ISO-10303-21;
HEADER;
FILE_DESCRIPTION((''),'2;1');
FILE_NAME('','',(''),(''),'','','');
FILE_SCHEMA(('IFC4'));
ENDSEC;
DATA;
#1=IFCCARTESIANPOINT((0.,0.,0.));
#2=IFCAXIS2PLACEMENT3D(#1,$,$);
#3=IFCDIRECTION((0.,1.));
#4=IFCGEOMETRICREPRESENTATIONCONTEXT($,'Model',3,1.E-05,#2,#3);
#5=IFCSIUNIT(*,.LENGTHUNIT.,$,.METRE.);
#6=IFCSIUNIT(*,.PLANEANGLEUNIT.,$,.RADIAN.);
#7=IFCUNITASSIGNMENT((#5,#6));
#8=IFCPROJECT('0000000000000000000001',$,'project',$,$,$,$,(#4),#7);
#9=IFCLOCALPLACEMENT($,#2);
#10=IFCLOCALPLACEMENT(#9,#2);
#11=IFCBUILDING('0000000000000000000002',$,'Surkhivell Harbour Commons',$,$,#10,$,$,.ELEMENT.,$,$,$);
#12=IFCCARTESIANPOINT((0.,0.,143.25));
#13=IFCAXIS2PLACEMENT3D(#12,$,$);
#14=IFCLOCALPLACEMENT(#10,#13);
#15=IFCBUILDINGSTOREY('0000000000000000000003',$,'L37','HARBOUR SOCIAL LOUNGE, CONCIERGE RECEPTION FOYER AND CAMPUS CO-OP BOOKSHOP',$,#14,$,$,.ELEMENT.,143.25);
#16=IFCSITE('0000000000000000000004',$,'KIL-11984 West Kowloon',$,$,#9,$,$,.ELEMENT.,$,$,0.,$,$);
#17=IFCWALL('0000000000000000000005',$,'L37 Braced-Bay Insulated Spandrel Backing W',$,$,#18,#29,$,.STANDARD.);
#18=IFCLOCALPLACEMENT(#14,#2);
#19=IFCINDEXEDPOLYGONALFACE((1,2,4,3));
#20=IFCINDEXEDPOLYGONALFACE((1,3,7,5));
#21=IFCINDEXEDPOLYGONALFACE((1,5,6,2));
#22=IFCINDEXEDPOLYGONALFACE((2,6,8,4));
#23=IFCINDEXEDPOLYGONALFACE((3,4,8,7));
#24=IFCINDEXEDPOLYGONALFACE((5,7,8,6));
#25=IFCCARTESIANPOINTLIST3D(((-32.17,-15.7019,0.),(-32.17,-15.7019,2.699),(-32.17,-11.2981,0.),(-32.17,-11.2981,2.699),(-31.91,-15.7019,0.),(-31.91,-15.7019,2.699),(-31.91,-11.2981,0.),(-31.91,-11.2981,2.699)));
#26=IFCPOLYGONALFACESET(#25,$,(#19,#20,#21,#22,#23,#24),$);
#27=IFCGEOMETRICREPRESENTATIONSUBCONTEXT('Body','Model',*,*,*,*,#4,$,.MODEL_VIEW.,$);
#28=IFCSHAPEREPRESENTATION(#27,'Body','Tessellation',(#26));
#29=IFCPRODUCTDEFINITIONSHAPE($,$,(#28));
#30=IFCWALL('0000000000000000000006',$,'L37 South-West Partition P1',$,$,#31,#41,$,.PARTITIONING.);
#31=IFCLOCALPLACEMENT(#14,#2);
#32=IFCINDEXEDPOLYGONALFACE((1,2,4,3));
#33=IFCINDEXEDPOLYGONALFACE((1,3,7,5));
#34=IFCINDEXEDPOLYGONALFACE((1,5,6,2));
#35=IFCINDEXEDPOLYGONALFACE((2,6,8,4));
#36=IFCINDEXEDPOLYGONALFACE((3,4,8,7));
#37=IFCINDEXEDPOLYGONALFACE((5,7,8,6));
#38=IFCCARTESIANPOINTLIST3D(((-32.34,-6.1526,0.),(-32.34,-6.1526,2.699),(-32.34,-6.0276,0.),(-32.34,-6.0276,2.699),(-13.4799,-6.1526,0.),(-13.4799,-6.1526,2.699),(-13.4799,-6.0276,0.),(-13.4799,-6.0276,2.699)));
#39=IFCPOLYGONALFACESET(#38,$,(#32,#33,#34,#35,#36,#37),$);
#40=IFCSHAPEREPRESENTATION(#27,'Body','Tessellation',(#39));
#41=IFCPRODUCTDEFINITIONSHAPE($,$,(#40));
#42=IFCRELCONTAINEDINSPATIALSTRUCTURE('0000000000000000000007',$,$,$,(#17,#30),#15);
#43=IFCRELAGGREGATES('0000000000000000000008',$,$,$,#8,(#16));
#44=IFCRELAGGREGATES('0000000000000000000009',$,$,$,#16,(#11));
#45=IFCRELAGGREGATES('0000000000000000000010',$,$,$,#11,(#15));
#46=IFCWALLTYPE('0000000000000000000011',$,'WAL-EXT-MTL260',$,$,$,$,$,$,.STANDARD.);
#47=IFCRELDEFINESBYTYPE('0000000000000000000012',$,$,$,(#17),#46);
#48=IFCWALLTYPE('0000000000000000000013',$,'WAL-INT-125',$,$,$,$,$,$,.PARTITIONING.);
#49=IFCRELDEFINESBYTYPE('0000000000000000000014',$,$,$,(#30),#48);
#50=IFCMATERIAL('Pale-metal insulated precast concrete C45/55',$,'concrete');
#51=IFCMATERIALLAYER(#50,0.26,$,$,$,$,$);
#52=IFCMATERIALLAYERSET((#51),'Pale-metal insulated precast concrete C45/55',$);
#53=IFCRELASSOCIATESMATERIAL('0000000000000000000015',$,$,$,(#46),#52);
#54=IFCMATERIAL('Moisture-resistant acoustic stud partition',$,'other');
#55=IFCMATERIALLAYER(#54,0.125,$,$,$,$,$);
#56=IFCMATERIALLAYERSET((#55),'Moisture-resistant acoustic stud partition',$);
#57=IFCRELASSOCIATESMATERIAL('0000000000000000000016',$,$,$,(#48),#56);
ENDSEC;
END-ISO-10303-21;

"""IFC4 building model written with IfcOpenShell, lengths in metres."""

from ifc_helpers import new_model, si_unit, direction, frame, frame_2d, origin, place, context, subcontext, project, spatial, rectangle, extrude, material, layer, layer_set, type_object, element, save


model = new_model("IFC4")

# Units and contexts
model_context = context("Model", 3, precision=1e-05, world=origin(), true_north=direction((0.0, 1.0)))
body_context = subcontext(model_context, "Body", "Model", "MODEL_VIEW")
ifc_project = project(units=[si_unit("LENGTHUNIT", "METRE"), si_unit("PLANEANGLEUNIT", "RADIAN")], contexts=[model_context])

# Site, building, storey
site_placement = place(None, origin())
site = spatial("IfcSite", under=ifc_project, at=site_placement, Name="KIL-11984 West Kowloon", CompositionType="ELEMENT", RefElevation=0.0)
building_placement = place(site_placement, origin())
building = spatial("IfcBuilding", under=site, at=building_placement, Name="Surkhivell Harbour Commons", CompositionType="ELEMENT")
storey_placement = place(building_placement, frame((0.0, 0.0, 143.25)))
storey = spatial("IfcBuildingStorey", under=building, at=storey_placement, Name="L37", Description="HARBOUR SOCIAL LOUNGE, CONCIERGE RECEPTION FOYER AND CAMPUS CO-OP BOOKSHOP", CompositionType="ELEMENT", Elevation=143.25)

# Walls
ifc_material_1 = material(Name="Pale-metal insulated precast concrete C45/55", Category="concrete")
ifc_layer_1 = layer(ifc_material_1, 0.26)
ifc_layer_set_1 = layer_set([ifc_layer_1], Name="Pale-metal insulated precast concrete C45/55")
wall_type_1 = type_object("IfcWallType", Name="WAL-EXT-MTL260", PredefinedType="STANDARD", material=ifc_layer_set_1)
wall_1_placement = place(storey_placement, frame((-32.04, -15.7019, 0.0), z_axis=(0.0, 0.0, 1.0), x_axis=(0.0, 1.0, 0.0)))
element("IfcWall", 1, at=wall_1_placement, inside=storey, type_object=wall_type_1, Name="L37 Braced-Bay Insulated Spandrel Backing W", PredefinedType="STANDARD", context=body_context, shape_type="SweptSolid", body=[
    extrude(rectangle(XDim=4.4038, YDim=0.26, at=frame_2d((2.2019, 0.0))), origin(), (0.0, 0.0, 1.0), 2.699),
])
ifc_material_2 = material(Name="Moisture-resistant acoustic stud partition", Category="other")
ifc_layer_2 = layer(ifc_material_2, 0.125)
ifc_layer_set_2 = layer_set([ifc_layer_2], Name="Moisture-resistant acoustic stud partition")
wall_type_2 = type_object("IfcWallType", Name="WAL-INT-125", PredefinedType="PARTITIONING", material=ifc_layer_set_2)
wall_2_placement = place(storey_placement, frame((-32.3401, -6.0901, 0.0), z_axis=(0.0, 0.0, 1.0), x_axis=(1.0, 0.0, 0.0)))
element("IfcWall", 2, at=wall_2_placement, inside=storey, type_object=wall_type_2, Name="L37 South-West Partition P1", PredefinedType="PARTITIONING", context=body_context, shape_type="SweptSolid", body=[
    extrude(rectangle(XDim=18.8601, YDim=0.125, at=frame_2d((9.4302, 0.0))), origin(), (0.0, 0.0, 1.0), 2.699),
])

save(model, "model.ifc")
